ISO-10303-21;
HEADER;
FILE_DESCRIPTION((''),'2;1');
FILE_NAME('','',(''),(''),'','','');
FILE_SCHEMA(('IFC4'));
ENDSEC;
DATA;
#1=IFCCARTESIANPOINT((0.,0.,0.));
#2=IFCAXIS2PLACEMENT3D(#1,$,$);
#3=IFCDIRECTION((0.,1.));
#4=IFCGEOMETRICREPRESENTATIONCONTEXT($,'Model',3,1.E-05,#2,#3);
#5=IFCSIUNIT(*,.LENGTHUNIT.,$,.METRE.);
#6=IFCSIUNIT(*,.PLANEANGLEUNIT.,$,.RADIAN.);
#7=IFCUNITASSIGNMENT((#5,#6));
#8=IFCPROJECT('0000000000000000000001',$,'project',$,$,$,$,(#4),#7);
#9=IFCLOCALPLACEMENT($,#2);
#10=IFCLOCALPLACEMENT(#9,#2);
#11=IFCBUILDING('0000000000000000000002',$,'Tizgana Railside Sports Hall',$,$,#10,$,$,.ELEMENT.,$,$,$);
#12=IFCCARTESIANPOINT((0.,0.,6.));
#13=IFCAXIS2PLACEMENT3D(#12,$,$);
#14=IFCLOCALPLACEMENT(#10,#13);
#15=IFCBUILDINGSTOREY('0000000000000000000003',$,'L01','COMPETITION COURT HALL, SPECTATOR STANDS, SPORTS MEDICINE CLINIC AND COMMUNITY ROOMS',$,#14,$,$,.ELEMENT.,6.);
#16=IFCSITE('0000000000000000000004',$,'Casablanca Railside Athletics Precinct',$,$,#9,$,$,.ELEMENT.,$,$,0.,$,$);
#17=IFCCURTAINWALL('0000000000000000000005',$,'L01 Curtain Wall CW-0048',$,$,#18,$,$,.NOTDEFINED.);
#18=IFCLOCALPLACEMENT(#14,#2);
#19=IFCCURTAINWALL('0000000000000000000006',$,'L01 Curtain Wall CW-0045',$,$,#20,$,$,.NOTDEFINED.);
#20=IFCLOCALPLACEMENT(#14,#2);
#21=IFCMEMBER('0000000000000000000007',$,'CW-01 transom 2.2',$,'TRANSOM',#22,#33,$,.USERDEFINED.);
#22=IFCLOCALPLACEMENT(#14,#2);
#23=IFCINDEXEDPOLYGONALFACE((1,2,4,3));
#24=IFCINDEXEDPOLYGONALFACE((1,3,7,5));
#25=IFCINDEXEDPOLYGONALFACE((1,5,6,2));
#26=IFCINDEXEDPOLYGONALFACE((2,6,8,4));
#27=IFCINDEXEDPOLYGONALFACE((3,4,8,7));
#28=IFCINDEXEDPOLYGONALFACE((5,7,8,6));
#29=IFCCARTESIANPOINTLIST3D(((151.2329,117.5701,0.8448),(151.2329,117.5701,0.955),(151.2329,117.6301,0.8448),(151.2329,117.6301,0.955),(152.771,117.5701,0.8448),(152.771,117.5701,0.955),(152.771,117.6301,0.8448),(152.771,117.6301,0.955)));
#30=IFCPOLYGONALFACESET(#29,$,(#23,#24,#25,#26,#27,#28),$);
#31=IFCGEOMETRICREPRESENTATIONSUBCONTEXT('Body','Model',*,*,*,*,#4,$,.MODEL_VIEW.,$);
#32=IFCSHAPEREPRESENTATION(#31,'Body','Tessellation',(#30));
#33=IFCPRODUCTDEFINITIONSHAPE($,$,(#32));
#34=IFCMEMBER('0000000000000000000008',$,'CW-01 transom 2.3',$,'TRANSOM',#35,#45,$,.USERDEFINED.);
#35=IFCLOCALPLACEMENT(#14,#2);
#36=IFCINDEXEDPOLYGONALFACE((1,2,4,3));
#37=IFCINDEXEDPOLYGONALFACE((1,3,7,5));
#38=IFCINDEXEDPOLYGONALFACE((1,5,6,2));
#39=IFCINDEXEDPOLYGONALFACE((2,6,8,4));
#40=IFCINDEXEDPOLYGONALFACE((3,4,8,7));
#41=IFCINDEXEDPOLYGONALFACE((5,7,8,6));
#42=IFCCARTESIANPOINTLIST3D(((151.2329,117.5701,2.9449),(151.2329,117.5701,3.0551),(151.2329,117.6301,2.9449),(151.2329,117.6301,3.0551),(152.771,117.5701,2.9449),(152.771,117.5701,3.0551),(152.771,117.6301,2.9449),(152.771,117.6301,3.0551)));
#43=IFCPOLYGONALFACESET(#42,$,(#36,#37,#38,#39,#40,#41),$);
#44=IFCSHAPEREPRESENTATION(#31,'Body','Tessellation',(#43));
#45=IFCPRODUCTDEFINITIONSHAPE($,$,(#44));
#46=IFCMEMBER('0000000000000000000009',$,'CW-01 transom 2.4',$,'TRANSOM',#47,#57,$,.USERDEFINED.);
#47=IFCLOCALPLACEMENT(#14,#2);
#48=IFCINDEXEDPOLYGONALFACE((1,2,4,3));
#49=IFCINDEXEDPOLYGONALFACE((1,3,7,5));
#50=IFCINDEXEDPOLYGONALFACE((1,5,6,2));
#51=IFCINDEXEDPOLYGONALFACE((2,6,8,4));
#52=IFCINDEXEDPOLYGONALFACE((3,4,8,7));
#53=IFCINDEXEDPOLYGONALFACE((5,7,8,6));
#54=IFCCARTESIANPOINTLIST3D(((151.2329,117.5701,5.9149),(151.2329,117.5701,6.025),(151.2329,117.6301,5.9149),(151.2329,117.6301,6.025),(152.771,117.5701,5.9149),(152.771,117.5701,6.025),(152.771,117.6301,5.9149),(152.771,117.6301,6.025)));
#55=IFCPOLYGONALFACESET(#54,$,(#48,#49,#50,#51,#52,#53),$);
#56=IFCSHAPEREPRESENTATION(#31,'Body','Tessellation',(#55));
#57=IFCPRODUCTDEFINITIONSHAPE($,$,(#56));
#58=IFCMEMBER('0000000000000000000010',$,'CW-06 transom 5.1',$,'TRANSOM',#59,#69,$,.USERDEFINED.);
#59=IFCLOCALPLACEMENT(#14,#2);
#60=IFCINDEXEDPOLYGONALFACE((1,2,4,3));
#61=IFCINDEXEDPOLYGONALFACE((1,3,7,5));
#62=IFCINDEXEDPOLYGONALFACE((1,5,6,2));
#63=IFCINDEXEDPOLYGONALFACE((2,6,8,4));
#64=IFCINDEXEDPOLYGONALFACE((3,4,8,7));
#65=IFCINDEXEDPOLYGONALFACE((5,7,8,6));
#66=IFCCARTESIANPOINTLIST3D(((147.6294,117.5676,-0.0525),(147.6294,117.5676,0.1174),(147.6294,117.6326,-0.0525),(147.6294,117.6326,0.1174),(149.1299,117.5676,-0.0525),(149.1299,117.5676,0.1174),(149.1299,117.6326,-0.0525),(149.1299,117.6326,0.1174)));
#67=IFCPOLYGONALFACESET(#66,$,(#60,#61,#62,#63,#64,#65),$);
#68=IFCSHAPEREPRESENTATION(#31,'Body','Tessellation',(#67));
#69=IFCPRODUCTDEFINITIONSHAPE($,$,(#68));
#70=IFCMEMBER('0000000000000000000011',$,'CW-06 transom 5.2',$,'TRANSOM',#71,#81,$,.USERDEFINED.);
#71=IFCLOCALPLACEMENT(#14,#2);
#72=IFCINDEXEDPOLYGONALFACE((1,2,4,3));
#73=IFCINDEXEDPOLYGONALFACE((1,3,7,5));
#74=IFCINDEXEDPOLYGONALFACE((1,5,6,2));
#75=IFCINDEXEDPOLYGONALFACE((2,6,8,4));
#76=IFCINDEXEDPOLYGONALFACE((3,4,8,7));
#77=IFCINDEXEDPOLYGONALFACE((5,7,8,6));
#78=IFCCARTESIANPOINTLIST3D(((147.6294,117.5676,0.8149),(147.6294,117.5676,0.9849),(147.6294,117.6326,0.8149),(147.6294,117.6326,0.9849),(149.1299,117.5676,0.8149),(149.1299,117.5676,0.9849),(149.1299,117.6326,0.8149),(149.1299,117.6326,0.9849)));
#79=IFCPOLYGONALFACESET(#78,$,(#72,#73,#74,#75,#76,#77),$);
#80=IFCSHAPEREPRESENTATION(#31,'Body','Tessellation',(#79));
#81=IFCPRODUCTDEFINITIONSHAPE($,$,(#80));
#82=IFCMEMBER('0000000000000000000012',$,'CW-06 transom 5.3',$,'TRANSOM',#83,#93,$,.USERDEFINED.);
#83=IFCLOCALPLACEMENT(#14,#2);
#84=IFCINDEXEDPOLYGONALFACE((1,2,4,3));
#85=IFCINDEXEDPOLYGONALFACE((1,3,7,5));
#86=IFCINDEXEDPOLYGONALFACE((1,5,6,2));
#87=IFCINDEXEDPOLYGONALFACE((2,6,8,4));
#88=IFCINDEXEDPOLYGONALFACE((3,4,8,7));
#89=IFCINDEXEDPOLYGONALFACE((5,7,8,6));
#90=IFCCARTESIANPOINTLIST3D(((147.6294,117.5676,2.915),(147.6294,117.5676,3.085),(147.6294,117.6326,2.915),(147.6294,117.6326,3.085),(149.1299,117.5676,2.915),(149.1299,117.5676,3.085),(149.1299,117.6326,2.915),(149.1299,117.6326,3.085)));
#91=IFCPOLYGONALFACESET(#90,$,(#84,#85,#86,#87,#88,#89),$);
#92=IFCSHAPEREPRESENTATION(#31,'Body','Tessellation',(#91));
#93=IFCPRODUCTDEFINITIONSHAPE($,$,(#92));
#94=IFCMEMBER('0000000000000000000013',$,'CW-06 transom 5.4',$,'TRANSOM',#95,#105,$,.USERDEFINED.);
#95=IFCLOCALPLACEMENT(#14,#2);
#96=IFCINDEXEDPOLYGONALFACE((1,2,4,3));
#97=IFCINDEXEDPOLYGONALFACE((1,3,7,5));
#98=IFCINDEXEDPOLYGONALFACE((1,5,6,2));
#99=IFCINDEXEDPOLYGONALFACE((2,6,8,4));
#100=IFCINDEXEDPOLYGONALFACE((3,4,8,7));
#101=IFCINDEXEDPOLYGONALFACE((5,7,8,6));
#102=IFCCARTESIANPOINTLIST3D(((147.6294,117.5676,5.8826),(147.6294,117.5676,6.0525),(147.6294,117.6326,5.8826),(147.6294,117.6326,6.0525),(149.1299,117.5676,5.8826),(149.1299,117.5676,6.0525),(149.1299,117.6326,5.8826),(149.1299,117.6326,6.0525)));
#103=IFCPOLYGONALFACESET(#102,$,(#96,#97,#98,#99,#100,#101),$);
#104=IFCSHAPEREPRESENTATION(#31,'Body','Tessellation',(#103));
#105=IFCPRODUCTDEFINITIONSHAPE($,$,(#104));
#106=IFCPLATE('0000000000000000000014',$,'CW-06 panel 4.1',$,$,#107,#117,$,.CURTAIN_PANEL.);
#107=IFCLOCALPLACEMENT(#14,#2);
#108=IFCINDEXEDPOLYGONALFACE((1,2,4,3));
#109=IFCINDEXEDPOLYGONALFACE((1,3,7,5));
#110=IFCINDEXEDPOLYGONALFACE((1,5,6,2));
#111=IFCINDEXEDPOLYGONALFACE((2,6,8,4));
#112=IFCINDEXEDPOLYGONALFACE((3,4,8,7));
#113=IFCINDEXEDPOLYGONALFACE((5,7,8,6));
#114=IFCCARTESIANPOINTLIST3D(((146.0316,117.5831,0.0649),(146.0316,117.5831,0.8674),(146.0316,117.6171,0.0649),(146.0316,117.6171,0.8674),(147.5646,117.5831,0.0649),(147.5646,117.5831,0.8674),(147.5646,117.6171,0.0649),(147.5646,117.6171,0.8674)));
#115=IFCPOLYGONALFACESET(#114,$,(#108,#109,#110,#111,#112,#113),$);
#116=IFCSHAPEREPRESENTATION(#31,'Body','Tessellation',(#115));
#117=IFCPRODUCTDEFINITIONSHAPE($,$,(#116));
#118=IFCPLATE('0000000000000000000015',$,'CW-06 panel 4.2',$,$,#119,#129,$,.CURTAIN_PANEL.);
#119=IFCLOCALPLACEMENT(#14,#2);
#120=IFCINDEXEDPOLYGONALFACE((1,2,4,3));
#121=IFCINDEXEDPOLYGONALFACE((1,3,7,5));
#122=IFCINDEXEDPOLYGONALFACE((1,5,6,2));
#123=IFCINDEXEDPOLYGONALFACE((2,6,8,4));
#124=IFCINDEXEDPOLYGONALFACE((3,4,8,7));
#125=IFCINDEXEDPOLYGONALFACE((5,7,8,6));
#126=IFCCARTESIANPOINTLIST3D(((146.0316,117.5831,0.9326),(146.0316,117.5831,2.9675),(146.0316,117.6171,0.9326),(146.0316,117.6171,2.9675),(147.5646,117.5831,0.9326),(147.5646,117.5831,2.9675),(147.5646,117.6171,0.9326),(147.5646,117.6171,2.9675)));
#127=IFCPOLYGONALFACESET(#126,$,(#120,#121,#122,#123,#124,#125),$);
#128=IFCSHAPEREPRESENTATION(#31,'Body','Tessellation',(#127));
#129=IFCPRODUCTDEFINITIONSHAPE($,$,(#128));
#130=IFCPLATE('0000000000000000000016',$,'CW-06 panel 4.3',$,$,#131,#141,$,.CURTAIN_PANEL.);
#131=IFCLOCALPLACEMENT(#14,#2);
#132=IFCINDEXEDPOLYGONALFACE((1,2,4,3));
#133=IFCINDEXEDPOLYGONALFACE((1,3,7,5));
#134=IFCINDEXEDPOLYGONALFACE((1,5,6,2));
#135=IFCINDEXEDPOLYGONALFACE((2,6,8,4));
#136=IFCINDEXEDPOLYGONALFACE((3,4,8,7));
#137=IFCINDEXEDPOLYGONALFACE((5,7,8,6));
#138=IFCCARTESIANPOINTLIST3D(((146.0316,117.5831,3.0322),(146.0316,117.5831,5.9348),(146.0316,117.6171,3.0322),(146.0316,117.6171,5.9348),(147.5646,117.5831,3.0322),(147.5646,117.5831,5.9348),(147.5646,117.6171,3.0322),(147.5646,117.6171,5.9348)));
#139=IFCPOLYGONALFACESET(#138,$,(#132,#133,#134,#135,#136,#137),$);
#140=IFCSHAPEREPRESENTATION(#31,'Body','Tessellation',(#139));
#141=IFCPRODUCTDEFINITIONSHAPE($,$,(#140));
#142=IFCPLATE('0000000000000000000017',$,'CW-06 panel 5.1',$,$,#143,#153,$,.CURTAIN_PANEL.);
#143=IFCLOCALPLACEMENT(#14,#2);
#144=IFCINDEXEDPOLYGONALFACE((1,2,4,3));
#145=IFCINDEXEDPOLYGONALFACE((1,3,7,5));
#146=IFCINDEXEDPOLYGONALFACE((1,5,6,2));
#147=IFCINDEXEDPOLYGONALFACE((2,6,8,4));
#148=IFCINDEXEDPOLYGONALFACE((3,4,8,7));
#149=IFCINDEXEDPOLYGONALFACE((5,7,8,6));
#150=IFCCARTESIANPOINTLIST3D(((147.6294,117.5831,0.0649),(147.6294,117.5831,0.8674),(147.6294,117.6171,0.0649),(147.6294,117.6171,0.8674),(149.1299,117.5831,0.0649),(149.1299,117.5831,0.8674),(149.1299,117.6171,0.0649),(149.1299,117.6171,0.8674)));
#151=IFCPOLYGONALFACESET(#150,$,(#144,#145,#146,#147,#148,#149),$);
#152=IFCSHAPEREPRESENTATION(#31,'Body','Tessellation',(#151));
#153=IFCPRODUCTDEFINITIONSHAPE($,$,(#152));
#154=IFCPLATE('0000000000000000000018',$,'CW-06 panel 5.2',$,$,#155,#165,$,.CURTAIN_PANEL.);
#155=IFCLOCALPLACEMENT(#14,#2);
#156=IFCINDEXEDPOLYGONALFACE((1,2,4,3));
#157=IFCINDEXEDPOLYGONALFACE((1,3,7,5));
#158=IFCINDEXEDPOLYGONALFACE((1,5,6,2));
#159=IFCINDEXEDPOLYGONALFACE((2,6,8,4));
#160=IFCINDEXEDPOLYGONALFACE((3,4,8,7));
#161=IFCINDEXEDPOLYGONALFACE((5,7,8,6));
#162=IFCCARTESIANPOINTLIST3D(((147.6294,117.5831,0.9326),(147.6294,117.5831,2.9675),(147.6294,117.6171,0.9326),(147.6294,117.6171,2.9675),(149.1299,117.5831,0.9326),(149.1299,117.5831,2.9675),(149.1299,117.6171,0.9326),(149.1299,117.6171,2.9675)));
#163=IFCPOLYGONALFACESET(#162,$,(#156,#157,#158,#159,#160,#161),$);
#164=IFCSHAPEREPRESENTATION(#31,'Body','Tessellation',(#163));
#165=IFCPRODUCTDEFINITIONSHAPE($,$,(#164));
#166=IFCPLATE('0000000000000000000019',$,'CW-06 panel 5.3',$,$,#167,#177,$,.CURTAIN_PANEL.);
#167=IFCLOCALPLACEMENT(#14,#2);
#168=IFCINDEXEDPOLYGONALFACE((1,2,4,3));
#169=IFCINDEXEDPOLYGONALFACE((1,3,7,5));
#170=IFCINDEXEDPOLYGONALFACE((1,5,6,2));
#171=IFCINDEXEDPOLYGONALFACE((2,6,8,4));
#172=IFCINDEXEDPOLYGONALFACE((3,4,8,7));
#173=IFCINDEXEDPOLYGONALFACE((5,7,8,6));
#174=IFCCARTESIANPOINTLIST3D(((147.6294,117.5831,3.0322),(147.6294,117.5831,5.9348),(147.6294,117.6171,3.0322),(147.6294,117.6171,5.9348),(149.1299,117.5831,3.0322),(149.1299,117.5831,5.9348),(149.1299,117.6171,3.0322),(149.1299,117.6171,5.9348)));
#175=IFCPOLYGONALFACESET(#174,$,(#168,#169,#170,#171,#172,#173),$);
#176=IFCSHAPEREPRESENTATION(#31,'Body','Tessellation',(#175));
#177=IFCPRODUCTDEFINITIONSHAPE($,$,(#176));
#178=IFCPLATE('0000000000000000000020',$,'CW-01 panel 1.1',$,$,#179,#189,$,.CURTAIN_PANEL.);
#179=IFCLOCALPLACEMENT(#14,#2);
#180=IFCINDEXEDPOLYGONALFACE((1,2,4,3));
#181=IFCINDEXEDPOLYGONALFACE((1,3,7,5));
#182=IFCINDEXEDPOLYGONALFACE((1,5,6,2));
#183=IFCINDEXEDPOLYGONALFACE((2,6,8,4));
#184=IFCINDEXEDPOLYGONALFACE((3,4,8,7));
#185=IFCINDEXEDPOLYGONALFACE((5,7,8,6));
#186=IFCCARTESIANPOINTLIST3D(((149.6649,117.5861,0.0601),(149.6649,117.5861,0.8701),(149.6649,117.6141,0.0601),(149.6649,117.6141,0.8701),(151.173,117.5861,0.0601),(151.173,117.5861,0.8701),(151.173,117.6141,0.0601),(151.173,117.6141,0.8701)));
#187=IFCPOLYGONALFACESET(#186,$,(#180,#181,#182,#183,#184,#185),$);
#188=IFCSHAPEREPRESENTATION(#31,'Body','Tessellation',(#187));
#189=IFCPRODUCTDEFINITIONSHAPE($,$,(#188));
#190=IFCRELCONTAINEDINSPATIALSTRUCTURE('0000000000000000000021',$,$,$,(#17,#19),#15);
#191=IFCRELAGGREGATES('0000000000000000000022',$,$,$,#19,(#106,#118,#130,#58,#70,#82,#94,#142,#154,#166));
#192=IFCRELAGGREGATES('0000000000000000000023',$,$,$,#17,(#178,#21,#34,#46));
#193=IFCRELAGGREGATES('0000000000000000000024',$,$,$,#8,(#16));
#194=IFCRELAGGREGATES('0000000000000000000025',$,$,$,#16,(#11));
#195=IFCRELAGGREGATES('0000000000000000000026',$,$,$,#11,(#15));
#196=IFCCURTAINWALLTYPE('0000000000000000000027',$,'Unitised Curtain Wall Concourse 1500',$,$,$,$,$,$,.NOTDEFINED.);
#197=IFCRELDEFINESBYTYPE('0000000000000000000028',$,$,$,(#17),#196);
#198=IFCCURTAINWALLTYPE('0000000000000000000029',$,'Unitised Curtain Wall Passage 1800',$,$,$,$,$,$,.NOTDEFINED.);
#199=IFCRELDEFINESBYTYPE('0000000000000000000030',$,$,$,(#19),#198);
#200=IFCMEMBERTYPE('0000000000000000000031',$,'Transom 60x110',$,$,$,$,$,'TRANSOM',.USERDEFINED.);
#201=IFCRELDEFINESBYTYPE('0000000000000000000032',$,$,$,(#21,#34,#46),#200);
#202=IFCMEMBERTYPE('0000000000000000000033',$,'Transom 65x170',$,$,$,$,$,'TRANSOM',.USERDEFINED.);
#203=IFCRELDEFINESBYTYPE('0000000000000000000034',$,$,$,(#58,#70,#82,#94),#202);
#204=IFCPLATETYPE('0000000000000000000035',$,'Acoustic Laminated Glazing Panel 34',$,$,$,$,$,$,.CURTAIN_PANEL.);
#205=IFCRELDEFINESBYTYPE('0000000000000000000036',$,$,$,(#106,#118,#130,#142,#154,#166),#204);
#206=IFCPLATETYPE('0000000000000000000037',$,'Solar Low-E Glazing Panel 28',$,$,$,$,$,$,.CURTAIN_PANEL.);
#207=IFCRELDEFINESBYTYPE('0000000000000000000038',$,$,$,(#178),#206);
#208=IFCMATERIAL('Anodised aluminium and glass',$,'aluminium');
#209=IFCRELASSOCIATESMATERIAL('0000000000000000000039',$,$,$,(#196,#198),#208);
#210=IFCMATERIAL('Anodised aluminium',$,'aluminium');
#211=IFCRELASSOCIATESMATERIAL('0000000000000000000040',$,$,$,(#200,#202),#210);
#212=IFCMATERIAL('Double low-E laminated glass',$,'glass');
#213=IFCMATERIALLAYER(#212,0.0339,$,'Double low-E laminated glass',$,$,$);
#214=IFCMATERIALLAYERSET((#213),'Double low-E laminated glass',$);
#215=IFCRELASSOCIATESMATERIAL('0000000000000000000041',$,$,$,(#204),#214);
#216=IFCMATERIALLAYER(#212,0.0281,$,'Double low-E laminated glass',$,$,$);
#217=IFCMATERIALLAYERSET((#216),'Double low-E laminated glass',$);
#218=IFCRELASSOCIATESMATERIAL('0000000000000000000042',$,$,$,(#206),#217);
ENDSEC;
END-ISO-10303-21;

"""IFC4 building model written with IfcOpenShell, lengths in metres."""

from ifc_helpers import new_model, si_unit, direction, frame, origin, origin_2d, place, context, subcontext, project, spatial, rectangle, extrude, material, layer, layer_set, material_profile, profile_set, type_object, element, aggregate, save


model = new_model("IFC4")

# Units and contexts
model_context = context("Model", 3, precision=1e-05, world=origin(), true_north=direction((0.0, 1.0)))
body_context = subcontext(model_context, "Body", "Model", "MODEL_VIEW")
ifc_project = project(units=[si_unit("LENGTHUNIT", "METRE"), si_unit("PLANEANGLEUNIT", "RADIAN")], contexts=[model_context])

# Site, building, storey
site_placement = place(None, origin())
site = spatial("IfcSite", under=ifc_project, at=site_placement, Name="Casablanca Railside Athletics Precinct", CompositionType="ELEMENT", RefElevation=0.0)
building_placement = place(site_placement, origin())
building = spatial("IfcBuilding", under=site, at=building_placement, Name="Tizgana Railside Sports Hall", CompositionType="ELEMENT")
storey_placement = place(building_placement, frame((0.0, 0.0, 6.0)))
storey = spatial("IfcBuildingStorey", under=building, at=storey_placement, Name="L01", Description="COMPETITION COURT HALL, SPECTATOR STANDS, SPORTS MEDICINE CLINIC AND COMMUNITY ROOMS", CompositionType="ELEMENT", Elevation=6.0)

# Curtain walls
ifc_material_1 = material(Name="Anodised aluminium and glass", Category="aluminium")
curtain_wall_type_1 = type_object("IfcCurtainWallType", Name="Unitised Curtain Wall Concourse 1500", PredefinedType="NOTDEFINED", material=ifc_material_1)
curtain_wall_1_placement = place(storey_placement, origin())
curtain_wall_1 = element("IfcCurtainWall", 1, at=curtain_wall_1_placement, inside=storey, type_object=curtain_wall_type_1, Name="L01 Curtain Wall CW-0048", PredefinedType="NOTDEFINED")
ifc_material_2 = material(Name="Anodised aluminium", Category="aluminium")
curtain_wall_type_2 = type_object("IfcCurtainWallType", Name="Unitised Curtain Wall Passage 1800", PredefinedType="NOTDEFINED", material=ifc_material_1)
curtain_wall_2_placement = place(storey_placement, origin())
curtain_wall_2 = element("IfcCurtainWall", 2, at=curtain_wall_2_placement, inside=storey, type_object=curtain_wall_type_2, Name="L01 Curtain Wall CW-0045", PredefinedType="NOTDEFINED")

# Members
ifc_material_profile_1 = material_profile(ifc_material_2, rectangle(XDim=0.0601, YDim=0.1101, at=origin_2d()), Name="Transom 60x110")
ifc_profile_set_1 = profile_set([ifc_material_profile_1], Name="Anodised aluminium")
member_type_1 = type_object("IfcMemberType", Name="Transom 60x110", ElementType="TRANSOM", PredefinedType="USERDEFINED", material=ifc_profile_set_1)
member_1_placement = place(storey_placement, frame((151.2329, 117.6001, 0.8999), z_axis=(1.0, 0.0, 0.0), x_axis=(0.0, 1.0, 0.0)))
member_1 = element("IfcMember", 3, at=member_1_placement, type_object=member_type_1, Name="CW-01 transom 2.2", ObjectType="TRANSOM", PredefinedType="USERDEFINED", context=body_context, shape_type="SweptSolid", body=[
    extrude(rectangle(XDim=0.0601, YDim=0.1101, at=origin_2d()), origin(), (0.0, 0.0, 1.0), 1.5381),
])
member_2_placement = place(storey_placement, frame((151.2329, 117.6001, 3.0), z_axis=(1.0, 0.0, 0.0), x_axis=(0.0, 1.0, 0.0)))
member_2 = element("IfcMember", 4, at=member_2_placement, type_object=member_type_1, Name="CW-01 transom 2.3", ObjectType="TRANSOM", PredefinedType="USERDEFINED", context=body_context, shape_type="SweptSolid", body=[
    extrude(rectangle(XDim=0.0601, YDim=0.1101, at=origin_2d()), origin(), (0.0, 0.0, 1.0), 1.5381),
])
member_3_placement = place(storey_placement, frame((151.2329, 117.6001, 5.97), z_axis=(1.0, 0.0, 0.0), x_axis=(0.0, 1.0, 0.0)))
member_3 = element("IfcMember", 5, at=member_3_placement, type_object=member_type_1, Name="CW-01 transom 2.4", ObjectType="TRANSOM", PredefinedType="USERDEFINED", context=body_context, shape_type="SweptSolid", body=[
    extrude(rectangle(XDim=0.0601, YDim=0.1101, at=origin_2d()), origin(), (0.0, 0.0, 1.0), 1.5381),
])
ifc_material_profile_2 = material_profile(ifc_material_2, rectangle(XDim=0.0649, YDim=0.1699, at=origin_2d()), Name="Transom 65x170")
ifc_profile_set_2 = profile_set([ifc_material_profile_2], Name="Anodised aluminium")
member_type_2 = type_object("IfcMemberType", Name="Transom 65x170", ElementType="TRANSOM", PredefinedType="USERDEFINED", material=ifc_profile_set_2)
member_4_placement = place(storey_placement, frame((147.6294, 117.6001, 0.0325), z_axis=(1.0, 0.0, 0.0), x_axis=(0.0, 1.0, 0.0)))
member_4 = element("IfcMember", 6, at=member_4_placement, type_object=member_type_2, Name="CW-06 transom 5.1", ObjectType="TRANSOM", PredefinedType="USERDEFINED", context=body_context, shape_type="SweptSolid", body=[
    extrude(rectangle(XDim=0.0649, YDim=0.1699, at=origin_2d()), origin(), (0.0, 0.0, 1.0), 1.5005),
])
member_5_placement = place(storey_placement, frame((147.6294, 117.6001, 0.8999), z_axis=(1.0, 0.0, 0.0), x_axis=(0.0, 1.0, 0.0)))
member_5 = element("IfcMember", 7, at=member_5_placement, type_object=member_type_2, Name="CW-06 transom 5.2", ObjectType="TRANSOM", PredefinedType="USERDEFINED", context=body_context, shape_type="SweptSolid", body=[
    extrude(rectangle(XDim=0.0649, YDim=0.1699, at=origin_2d()), origin(), (0.0, 0.0, 1.0), 1.5005),
])
member_6_placement = place(storey_placement, frame((147.6294, 117.6001, 3.0), z_axis=(1.0, 0.0, 0.0), x_axis=(0.0, 1.0, 0.0)))
member_6 = element("IfcMember", 8, at=member_6_placement, type_object=member_type_2, Name="CW-06 transom 5.3", ObjectType="TRANSOM", PredefinedType="USERDEFINED", context=body_context, shape_type="SweptSolid", body=[
    extrude(rectangle(XDim=0.0649, YDim=0.1699, at=origin_2d()), origin(), (0.0, 0.0, 1.0), 1.5005),
])
member_7_placement = place(storey_placement, frame((147.6294, 117.6001, 5.9675), z_axis=(1.0, 0.0, 0.0), x_axis=(0.0, 1.0, 0.0)))
member_7 = element("IfcMember", 9, at=member_7_placement, type_object=member_type_2, Name="CW-06 transom 5.4", ObjectType="TRANSOM", PredefinedType="USERDEFINED", context=body_context, shape_type="SweptSolid", body=[
    extrude(rectangle(XDim=0.0649, YDim=0.1699, at=origin_2d()), origin(), (0.0, 0.0, 1.0), 1.5005),
])

# Plates
ifc_material_3 = material(Name="Double low-E laminated glass", Category="glass")
ifc_layer_1 = layer(ifc_material_3, 0.0339, Name="Double low-E laminated glass")
ifc_layer_set_1 = layer_set([ifc_layer_1], Name="Double low-E laminated glass")
plate_type_1 = type_object("IfcPlateType", Name="Acoustic Laminated Glazing Panel 34", PredefinedType="CURTAIN_PANEL", material=ifc_layer_set_1)
plate_1_placement = place(storey_placement, frame((146.7981, 117.6001, 0.0649), z_axis=(0.0, 0.0, 1.0), x_axis=(1.0, 0.0, 0.0)))
plate_1 = element("IfcPlate", 10, at=plate_1_placement, type_object=plate_type_1, Name="CW-06 panel 4.1", PredefinedType="CURTAIN_PANEL", context=body_context, shape_type="SweptSolid", body=[
    extrude(rectangle(XDim=1.533, YDim=0.0339, at=origin_2d()), origin(), (0.0, 0.0, 1.0), 0.8025),
])
plate_2_placement = place(storey_placement, frame((146.7981, 117.6001, 0.9326), z_axis=(0.0, 0.0, 1.0), x_axis=(1.0, 0.0, 0.0)))
plate_2 = element("IfcPlate", 11, at=plate_2_placement, type_object=plate_type_1, Name="CW-06 panel 4.2", PredefinedType="CURTAIN_PANEL", context=body_context, shape_type="SweptSolid", body=[
    extrude(rectangle(XDim=1.533, YDim=0.0339, at=origin_2d()), origin(), (0.0, 0.0, 1.0), 2.0349),
])
plate_3_placement = place(storey_placement, frame((146.7981, 117.6001, 3.0322), z_axis=(0.0, 0.0, 1.0), x_axis=(1.0, 0.0, 0.0)))
plate_3 = element("IfcPlate", 12, at=plate_3_placement, type_object=plate_type_1, Name="CW-06 panel 4.3", PredefinedType="CURTAIN_PANEL", context=body_context, shape_type="SweptSolid", body=[
    extrude(rectangle(XDim=1.533, YDim=0.0339, at=origin_2d()), origin(), (0.0, 0.0, 1.0), 2.9026),
])
plate_4_placement = place(storey_placement, frame((148.3796, 117.6001, 0.0649), z_axis=(0.0, 0.0, 1.0), x_axis=(1.0, 0.0, 0.0)))
plate_4 = element("IfcPlate", 13, at=plate_4_placement, type_object=plate_type_1, Name="CW-06 panel 5.1", PredefinedType="CURTAIN_PANEL", context=body_context, shape_type="SweptSolid", body=[
    extrude(rectangle(XDim=1.5005, YDim=0.0339, at=origin_2d()), origin(), (0.0, 0.0, 1.0), 0.8025),
])
plate_5_placement = place(storey_placement, frame((148.3796, 117.6001, 0.9326), z_axis=(0.0, 0.0, 1.0), x_axis=(1.0, 0.0, 0.0)))
plate_5 = element("IfcPlate", 14, at=plate_5_placement, type_object=plate_type_1, Name="CW-06 panel 5.2", PredefinedType="CURTAIN_PANEL", context=body_context, shape_type="SweptSolid", body=[
    extrude(rectangle(XDim=1.5005, YDim=0.0339, at=origin_2d()), origin(), (0.0, 0.0, 1.0), 2.0349),
])
plate_6_placement = place(storey_placement, frame((148.3796, 117.6001, 3.0322), z_axis=(0.0, 0.0, 1.0), x_axis=(1.0, 0.0, 0.0)))
plate_6 = element("IfcPlate", 15, at=plate_6_placement, type_object=plate_type_1, Name="CW-06 panel 5.3", PredefinedType="CURTAIN_PANEL", context=body_context, shape_type="SweptSolid", body=[
    extrude(rectangle(XDim=1.5005, YDim=0.0339, at=origin_2d()), origin(), (0.0, 0.0, 1.0), 2.9026),
])
aggregate(curtain_wall_2, [plate_1, plate_2, plate_3, member_4, member_5, member_6, member_7, plate_4, plate_5, plate_6])
ifc_layer_2 = layer(ifc_material_3, 0.0281, Name="Double low-E laminated glass")
ifc_layer_set_2 = layer_set([ifc_layer_2], Name="Double low-E laminated glass")
plate_type_2 = type_object("IfcPlateType", Name="Solar Low-E Glazing Panel 28", PredefinedType="CURTAIN_PANEL", material=ifc_layer_set_2)
plate_7_placement = place(storey_placement, frame((150.4189, 117.6001, 0.0601), z_axis=(0.0, 0.0, 1.0), x_axis=(1.0, 0.0, 0.0)))
plate_7 = element("IfcPlate", 16, at=plate_7_placement, type_object=plate_type_2, Name="CW-01 panel 1.1", PredefinedType="CURTAIN_PANEL", context=body_context, shape_type="SweptSolid", body=[
    extrude(rectangle(XDim=1.5081, YDim=0.0281, at=origin_2d()), origin(), (0.0, 0.0, 1.0), 0.8101),
])
aggregate(curtain_wall_1, [plate_7, member_1, member_2, member_3])

save(model, "model.ifc")
